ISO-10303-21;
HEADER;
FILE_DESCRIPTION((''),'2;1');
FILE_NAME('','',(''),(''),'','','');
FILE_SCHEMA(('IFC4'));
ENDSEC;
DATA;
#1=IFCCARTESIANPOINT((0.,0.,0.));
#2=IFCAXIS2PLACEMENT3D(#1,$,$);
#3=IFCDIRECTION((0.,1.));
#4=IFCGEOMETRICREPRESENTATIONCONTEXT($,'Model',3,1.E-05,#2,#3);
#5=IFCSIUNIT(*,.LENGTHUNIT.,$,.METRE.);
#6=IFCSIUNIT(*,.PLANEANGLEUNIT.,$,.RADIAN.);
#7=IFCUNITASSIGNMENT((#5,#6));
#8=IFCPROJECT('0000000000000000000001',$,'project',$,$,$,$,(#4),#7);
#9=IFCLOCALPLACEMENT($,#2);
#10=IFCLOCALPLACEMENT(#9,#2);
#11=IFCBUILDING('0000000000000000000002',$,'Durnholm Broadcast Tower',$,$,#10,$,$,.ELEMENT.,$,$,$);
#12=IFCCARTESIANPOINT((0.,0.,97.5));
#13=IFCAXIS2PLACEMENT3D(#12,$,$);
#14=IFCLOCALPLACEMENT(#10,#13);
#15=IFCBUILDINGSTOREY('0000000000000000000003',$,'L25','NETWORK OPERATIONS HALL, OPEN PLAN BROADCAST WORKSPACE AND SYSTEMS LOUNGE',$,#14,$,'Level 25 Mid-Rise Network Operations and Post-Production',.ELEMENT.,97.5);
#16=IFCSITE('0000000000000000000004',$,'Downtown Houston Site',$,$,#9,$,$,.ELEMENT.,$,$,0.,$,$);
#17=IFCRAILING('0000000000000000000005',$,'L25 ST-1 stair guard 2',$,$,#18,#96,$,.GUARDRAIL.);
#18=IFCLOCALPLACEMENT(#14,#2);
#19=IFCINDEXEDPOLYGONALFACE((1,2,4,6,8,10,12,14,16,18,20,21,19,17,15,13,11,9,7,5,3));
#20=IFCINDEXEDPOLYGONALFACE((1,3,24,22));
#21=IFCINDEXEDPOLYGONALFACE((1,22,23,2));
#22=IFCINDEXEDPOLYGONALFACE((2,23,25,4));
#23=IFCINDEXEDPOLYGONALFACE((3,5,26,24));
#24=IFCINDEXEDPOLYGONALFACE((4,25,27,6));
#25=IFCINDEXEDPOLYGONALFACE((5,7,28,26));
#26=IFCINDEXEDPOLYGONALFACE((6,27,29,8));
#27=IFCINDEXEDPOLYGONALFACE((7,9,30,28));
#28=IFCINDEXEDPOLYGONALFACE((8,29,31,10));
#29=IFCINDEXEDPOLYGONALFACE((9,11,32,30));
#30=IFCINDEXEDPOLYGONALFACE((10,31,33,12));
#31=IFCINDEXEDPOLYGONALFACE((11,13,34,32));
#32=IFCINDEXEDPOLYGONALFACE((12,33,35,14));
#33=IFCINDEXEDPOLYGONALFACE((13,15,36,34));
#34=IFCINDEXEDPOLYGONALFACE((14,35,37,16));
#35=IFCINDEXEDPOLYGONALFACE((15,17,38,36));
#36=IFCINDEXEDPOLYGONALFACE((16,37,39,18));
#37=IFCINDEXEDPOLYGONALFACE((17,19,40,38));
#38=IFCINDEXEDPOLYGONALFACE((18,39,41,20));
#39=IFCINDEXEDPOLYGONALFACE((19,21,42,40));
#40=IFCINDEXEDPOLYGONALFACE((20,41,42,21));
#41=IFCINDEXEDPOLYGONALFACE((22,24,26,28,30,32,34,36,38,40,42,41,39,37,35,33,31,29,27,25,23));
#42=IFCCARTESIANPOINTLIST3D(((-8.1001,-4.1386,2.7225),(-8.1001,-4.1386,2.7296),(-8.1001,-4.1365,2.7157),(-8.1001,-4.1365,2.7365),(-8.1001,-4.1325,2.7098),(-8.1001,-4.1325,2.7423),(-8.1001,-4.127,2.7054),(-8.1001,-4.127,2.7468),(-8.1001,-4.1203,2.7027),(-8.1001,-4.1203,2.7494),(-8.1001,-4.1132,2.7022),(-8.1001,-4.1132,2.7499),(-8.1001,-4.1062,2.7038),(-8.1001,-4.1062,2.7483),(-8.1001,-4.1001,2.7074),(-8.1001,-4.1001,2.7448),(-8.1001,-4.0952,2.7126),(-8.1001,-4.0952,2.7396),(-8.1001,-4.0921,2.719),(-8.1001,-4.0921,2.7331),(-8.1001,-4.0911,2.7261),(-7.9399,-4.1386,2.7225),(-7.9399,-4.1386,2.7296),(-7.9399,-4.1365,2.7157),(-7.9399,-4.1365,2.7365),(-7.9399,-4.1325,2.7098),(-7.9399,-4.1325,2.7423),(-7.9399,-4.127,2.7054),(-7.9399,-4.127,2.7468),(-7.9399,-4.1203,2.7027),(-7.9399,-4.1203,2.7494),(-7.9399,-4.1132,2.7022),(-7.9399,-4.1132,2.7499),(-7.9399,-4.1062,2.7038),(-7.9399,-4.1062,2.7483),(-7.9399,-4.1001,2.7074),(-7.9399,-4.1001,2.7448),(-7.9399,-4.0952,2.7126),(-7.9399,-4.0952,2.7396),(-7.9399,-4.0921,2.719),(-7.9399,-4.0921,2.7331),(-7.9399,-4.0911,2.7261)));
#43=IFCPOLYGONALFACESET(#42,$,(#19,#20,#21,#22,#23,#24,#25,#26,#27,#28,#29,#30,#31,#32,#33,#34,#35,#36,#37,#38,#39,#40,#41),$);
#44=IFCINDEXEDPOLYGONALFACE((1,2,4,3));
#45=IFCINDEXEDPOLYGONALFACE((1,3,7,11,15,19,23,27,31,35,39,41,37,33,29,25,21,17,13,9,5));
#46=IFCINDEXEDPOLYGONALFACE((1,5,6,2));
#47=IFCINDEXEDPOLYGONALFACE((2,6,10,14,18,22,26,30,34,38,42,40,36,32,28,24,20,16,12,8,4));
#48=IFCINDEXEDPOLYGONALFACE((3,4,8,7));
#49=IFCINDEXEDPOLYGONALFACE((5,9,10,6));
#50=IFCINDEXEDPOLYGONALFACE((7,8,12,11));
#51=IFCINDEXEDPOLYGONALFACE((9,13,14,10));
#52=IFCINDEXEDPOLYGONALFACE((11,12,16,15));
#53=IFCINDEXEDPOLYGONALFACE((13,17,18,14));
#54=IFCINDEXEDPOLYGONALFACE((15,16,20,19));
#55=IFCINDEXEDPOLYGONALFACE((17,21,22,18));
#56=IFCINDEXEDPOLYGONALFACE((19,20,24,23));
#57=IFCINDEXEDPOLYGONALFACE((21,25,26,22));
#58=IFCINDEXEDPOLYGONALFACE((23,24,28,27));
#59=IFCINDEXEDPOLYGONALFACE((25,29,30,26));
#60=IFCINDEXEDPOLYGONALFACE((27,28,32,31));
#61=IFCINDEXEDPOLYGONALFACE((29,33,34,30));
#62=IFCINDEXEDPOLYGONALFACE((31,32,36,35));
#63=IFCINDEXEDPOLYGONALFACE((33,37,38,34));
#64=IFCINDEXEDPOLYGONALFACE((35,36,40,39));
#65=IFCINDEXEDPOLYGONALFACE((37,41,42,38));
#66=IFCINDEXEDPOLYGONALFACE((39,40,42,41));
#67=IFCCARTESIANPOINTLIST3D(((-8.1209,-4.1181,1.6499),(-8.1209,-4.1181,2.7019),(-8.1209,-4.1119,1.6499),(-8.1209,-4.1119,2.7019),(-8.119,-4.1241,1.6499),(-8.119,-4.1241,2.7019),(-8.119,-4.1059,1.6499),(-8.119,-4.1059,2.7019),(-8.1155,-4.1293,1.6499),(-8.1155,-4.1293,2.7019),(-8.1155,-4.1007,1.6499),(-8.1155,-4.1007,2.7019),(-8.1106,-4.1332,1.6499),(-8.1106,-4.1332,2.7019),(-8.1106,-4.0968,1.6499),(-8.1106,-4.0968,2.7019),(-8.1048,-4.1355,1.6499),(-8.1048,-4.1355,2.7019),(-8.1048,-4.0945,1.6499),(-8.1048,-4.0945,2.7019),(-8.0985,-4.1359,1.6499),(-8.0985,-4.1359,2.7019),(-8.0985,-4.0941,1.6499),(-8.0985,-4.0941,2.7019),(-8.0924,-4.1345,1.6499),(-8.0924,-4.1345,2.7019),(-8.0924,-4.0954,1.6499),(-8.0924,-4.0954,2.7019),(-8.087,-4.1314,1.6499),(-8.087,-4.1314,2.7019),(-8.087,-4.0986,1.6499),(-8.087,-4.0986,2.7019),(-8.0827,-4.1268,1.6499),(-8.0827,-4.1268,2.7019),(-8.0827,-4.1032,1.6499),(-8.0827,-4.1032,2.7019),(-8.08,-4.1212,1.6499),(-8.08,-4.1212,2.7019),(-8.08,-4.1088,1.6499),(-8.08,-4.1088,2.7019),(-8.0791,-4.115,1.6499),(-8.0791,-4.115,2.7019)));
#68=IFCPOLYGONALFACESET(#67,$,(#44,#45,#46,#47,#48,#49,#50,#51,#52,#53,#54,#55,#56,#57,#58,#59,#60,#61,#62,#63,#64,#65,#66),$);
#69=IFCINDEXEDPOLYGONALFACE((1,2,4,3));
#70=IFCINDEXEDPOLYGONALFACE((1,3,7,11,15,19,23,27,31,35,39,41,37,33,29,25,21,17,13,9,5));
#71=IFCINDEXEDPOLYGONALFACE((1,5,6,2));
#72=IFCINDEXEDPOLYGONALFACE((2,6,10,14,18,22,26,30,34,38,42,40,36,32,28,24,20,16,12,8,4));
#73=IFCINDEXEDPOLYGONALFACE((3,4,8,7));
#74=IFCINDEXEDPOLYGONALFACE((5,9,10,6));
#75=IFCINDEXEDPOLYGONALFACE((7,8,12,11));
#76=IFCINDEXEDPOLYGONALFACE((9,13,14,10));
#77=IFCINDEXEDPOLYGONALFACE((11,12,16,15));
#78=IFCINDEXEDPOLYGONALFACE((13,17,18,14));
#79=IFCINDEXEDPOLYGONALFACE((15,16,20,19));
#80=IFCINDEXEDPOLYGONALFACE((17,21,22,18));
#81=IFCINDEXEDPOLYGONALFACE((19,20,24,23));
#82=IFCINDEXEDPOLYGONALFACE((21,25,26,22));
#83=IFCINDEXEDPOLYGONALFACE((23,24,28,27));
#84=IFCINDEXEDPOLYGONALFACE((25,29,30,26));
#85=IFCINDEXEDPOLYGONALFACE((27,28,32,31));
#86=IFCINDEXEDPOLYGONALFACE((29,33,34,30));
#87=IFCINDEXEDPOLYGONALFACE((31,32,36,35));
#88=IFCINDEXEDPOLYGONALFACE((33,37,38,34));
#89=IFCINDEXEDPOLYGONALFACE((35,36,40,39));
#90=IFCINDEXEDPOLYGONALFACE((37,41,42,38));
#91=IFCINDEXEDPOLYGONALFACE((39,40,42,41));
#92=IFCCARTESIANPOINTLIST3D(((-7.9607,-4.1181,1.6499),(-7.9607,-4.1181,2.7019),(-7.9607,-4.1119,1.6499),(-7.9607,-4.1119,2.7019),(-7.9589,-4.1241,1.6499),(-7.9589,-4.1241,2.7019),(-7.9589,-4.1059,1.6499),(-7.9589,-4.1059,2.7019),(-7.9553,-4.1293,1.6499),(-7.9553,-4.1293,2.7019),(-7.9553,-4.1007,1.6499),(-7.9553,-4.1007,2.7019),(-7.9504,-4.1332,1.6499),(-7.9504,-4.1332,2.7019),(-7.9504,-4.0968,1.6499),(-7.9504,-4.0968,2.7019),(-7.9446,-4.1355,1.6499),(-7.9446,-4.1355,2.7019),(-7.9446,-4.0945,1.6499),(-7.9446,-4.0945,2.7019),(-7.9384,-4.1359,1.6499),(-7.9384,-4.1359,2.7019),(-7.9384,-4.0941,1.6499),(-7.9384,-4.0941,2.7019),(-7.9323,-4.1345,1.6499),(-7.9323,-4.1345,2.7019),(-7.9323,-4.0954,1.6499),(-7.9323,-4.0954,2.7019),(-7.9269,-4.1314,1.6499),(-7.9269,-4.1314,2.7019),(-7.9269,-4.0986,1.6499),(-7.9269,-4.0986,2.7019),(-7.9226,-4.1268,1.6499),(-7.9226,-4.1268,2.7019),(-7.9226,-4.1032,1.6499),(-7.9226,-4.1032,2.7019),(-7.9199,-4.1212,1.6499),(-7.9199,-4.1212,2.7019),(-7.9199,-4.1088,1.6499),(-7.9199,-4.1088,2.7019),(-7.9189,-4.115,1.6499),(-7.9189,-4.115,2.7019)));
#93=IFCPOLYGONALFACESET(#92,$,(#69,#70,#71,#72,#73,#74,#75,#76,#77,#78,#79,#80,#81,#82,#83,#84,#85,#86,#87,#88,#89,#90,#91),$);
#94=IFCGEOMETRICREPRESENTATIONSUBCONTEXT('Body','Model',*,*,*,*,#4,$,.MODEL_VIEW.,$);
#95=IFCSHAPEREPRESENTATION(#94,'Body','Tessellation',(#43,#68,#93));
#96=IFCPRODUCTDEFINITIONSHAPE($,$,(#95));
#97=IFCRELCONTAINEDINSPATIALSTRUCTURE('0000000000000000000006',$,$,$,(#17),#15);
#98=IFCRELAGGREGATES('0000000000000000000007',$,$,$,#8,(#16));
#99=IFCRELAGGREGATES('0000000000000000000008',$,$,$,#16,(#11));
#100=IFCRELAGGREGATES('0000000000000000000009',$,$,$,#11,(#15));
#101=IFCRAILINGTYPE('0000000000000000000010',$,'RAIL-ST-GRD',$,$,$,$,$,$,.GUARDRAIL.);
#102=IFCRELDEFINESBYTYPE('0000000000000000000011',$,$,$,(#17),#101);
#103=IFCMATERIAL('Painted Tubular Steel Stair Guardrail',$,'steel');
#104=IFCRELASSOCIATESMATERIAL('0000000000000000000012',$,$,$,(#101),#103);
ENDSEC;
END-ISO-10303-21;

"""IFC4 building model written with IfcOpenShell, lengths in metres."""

from ifc_helpers import new_model, si_unit, direction, frame, origin, origin_2d, place, context, subcontext, project, spatial, circle, extrude, material, type_object, element, save


model = new_model("IFC4")

# Units and contexts
model_context = context("Model", 3, precision=1e-05, world=origin(), true_north=direction((0.0, 1.0)))
body_context = subcontext(model_context, "Body", "Model", "MODEL_VIEW")
ifc_project = project(units=[si_unit("LENGTHUNIT", "METRE"), si_unit("PLANEANGLEUNIT", "RADIAN")], contexts=[model_context])

# Site, building, storey
site_placement = place(None, origin())
site = spatial("IfcSite", under=ifc_project, at=site_placement, Name="Downtown Houston Site", CompositionType="ELEMENT", RefElevation=0.0)
building_placement = place(site_placement, origin())
building = spatial("IfcBuilding", under=site, at=building_placement, Name="Durnholm Broadcast Tower", CompositionType="ELEMENT")
storey_placement = place(building_placement, frame((0.0, 0.0, 97.5)))
storey = spatial("IfcBuildingStorey", under=building, at=storey_placement, Name="L25", Description="NETWORK OPERATIONS HALL, OPEN PLAN BROADCAST WORKSPACE AND SYSTEMS LOUNGE", LongName="Level 25 Mid-Rise Network Operations and Post-Production", CompositionType="ELEMENT", Elevation=97.5)

# Railing
ifc_material_1 = material(Name="Painted Tubular Steel Stair Guardrail", Category="steel")
railing_type_1 = type_object("IfcRailingType", Name="RAIL-ST-GRD", PredefinedType="GUARDRAIL", material=ifc_material_1)
railing_1_placement = place(storey_placement, frame((-8.1001, -4.115, 1.6499)))
element("IfcRailing", 1, at=railing_1_placement, inside=storey, type_object=railing_type_1, Name="L25 ST-1 stair guard 2", PredefinedType="GUARDRAIL", context=body_context, shape_type="SweptSolid", body=[
    extrude(circle(Radius=0.0239, at=origin_2d()), frame((0.0, 0.0, 1.0762), z_axis=(1.0, 0.0, 0.0), x_axis=(0.0, 1.0, 0.0)), (0.0, 0.0, 1.0), 0.1602),
    extrude(circle(Radius=0.021, at=origin_2d()), origin(), (0.0, 0.0, 1.0), 1.052),
    extrude(circle(Radius=0.021, at=origin_2d()), frame((0.1602, 0.0, 0.0)), (0.0, 0.0, 1.0), 1.052),
])

save(model, "model.ifc")
